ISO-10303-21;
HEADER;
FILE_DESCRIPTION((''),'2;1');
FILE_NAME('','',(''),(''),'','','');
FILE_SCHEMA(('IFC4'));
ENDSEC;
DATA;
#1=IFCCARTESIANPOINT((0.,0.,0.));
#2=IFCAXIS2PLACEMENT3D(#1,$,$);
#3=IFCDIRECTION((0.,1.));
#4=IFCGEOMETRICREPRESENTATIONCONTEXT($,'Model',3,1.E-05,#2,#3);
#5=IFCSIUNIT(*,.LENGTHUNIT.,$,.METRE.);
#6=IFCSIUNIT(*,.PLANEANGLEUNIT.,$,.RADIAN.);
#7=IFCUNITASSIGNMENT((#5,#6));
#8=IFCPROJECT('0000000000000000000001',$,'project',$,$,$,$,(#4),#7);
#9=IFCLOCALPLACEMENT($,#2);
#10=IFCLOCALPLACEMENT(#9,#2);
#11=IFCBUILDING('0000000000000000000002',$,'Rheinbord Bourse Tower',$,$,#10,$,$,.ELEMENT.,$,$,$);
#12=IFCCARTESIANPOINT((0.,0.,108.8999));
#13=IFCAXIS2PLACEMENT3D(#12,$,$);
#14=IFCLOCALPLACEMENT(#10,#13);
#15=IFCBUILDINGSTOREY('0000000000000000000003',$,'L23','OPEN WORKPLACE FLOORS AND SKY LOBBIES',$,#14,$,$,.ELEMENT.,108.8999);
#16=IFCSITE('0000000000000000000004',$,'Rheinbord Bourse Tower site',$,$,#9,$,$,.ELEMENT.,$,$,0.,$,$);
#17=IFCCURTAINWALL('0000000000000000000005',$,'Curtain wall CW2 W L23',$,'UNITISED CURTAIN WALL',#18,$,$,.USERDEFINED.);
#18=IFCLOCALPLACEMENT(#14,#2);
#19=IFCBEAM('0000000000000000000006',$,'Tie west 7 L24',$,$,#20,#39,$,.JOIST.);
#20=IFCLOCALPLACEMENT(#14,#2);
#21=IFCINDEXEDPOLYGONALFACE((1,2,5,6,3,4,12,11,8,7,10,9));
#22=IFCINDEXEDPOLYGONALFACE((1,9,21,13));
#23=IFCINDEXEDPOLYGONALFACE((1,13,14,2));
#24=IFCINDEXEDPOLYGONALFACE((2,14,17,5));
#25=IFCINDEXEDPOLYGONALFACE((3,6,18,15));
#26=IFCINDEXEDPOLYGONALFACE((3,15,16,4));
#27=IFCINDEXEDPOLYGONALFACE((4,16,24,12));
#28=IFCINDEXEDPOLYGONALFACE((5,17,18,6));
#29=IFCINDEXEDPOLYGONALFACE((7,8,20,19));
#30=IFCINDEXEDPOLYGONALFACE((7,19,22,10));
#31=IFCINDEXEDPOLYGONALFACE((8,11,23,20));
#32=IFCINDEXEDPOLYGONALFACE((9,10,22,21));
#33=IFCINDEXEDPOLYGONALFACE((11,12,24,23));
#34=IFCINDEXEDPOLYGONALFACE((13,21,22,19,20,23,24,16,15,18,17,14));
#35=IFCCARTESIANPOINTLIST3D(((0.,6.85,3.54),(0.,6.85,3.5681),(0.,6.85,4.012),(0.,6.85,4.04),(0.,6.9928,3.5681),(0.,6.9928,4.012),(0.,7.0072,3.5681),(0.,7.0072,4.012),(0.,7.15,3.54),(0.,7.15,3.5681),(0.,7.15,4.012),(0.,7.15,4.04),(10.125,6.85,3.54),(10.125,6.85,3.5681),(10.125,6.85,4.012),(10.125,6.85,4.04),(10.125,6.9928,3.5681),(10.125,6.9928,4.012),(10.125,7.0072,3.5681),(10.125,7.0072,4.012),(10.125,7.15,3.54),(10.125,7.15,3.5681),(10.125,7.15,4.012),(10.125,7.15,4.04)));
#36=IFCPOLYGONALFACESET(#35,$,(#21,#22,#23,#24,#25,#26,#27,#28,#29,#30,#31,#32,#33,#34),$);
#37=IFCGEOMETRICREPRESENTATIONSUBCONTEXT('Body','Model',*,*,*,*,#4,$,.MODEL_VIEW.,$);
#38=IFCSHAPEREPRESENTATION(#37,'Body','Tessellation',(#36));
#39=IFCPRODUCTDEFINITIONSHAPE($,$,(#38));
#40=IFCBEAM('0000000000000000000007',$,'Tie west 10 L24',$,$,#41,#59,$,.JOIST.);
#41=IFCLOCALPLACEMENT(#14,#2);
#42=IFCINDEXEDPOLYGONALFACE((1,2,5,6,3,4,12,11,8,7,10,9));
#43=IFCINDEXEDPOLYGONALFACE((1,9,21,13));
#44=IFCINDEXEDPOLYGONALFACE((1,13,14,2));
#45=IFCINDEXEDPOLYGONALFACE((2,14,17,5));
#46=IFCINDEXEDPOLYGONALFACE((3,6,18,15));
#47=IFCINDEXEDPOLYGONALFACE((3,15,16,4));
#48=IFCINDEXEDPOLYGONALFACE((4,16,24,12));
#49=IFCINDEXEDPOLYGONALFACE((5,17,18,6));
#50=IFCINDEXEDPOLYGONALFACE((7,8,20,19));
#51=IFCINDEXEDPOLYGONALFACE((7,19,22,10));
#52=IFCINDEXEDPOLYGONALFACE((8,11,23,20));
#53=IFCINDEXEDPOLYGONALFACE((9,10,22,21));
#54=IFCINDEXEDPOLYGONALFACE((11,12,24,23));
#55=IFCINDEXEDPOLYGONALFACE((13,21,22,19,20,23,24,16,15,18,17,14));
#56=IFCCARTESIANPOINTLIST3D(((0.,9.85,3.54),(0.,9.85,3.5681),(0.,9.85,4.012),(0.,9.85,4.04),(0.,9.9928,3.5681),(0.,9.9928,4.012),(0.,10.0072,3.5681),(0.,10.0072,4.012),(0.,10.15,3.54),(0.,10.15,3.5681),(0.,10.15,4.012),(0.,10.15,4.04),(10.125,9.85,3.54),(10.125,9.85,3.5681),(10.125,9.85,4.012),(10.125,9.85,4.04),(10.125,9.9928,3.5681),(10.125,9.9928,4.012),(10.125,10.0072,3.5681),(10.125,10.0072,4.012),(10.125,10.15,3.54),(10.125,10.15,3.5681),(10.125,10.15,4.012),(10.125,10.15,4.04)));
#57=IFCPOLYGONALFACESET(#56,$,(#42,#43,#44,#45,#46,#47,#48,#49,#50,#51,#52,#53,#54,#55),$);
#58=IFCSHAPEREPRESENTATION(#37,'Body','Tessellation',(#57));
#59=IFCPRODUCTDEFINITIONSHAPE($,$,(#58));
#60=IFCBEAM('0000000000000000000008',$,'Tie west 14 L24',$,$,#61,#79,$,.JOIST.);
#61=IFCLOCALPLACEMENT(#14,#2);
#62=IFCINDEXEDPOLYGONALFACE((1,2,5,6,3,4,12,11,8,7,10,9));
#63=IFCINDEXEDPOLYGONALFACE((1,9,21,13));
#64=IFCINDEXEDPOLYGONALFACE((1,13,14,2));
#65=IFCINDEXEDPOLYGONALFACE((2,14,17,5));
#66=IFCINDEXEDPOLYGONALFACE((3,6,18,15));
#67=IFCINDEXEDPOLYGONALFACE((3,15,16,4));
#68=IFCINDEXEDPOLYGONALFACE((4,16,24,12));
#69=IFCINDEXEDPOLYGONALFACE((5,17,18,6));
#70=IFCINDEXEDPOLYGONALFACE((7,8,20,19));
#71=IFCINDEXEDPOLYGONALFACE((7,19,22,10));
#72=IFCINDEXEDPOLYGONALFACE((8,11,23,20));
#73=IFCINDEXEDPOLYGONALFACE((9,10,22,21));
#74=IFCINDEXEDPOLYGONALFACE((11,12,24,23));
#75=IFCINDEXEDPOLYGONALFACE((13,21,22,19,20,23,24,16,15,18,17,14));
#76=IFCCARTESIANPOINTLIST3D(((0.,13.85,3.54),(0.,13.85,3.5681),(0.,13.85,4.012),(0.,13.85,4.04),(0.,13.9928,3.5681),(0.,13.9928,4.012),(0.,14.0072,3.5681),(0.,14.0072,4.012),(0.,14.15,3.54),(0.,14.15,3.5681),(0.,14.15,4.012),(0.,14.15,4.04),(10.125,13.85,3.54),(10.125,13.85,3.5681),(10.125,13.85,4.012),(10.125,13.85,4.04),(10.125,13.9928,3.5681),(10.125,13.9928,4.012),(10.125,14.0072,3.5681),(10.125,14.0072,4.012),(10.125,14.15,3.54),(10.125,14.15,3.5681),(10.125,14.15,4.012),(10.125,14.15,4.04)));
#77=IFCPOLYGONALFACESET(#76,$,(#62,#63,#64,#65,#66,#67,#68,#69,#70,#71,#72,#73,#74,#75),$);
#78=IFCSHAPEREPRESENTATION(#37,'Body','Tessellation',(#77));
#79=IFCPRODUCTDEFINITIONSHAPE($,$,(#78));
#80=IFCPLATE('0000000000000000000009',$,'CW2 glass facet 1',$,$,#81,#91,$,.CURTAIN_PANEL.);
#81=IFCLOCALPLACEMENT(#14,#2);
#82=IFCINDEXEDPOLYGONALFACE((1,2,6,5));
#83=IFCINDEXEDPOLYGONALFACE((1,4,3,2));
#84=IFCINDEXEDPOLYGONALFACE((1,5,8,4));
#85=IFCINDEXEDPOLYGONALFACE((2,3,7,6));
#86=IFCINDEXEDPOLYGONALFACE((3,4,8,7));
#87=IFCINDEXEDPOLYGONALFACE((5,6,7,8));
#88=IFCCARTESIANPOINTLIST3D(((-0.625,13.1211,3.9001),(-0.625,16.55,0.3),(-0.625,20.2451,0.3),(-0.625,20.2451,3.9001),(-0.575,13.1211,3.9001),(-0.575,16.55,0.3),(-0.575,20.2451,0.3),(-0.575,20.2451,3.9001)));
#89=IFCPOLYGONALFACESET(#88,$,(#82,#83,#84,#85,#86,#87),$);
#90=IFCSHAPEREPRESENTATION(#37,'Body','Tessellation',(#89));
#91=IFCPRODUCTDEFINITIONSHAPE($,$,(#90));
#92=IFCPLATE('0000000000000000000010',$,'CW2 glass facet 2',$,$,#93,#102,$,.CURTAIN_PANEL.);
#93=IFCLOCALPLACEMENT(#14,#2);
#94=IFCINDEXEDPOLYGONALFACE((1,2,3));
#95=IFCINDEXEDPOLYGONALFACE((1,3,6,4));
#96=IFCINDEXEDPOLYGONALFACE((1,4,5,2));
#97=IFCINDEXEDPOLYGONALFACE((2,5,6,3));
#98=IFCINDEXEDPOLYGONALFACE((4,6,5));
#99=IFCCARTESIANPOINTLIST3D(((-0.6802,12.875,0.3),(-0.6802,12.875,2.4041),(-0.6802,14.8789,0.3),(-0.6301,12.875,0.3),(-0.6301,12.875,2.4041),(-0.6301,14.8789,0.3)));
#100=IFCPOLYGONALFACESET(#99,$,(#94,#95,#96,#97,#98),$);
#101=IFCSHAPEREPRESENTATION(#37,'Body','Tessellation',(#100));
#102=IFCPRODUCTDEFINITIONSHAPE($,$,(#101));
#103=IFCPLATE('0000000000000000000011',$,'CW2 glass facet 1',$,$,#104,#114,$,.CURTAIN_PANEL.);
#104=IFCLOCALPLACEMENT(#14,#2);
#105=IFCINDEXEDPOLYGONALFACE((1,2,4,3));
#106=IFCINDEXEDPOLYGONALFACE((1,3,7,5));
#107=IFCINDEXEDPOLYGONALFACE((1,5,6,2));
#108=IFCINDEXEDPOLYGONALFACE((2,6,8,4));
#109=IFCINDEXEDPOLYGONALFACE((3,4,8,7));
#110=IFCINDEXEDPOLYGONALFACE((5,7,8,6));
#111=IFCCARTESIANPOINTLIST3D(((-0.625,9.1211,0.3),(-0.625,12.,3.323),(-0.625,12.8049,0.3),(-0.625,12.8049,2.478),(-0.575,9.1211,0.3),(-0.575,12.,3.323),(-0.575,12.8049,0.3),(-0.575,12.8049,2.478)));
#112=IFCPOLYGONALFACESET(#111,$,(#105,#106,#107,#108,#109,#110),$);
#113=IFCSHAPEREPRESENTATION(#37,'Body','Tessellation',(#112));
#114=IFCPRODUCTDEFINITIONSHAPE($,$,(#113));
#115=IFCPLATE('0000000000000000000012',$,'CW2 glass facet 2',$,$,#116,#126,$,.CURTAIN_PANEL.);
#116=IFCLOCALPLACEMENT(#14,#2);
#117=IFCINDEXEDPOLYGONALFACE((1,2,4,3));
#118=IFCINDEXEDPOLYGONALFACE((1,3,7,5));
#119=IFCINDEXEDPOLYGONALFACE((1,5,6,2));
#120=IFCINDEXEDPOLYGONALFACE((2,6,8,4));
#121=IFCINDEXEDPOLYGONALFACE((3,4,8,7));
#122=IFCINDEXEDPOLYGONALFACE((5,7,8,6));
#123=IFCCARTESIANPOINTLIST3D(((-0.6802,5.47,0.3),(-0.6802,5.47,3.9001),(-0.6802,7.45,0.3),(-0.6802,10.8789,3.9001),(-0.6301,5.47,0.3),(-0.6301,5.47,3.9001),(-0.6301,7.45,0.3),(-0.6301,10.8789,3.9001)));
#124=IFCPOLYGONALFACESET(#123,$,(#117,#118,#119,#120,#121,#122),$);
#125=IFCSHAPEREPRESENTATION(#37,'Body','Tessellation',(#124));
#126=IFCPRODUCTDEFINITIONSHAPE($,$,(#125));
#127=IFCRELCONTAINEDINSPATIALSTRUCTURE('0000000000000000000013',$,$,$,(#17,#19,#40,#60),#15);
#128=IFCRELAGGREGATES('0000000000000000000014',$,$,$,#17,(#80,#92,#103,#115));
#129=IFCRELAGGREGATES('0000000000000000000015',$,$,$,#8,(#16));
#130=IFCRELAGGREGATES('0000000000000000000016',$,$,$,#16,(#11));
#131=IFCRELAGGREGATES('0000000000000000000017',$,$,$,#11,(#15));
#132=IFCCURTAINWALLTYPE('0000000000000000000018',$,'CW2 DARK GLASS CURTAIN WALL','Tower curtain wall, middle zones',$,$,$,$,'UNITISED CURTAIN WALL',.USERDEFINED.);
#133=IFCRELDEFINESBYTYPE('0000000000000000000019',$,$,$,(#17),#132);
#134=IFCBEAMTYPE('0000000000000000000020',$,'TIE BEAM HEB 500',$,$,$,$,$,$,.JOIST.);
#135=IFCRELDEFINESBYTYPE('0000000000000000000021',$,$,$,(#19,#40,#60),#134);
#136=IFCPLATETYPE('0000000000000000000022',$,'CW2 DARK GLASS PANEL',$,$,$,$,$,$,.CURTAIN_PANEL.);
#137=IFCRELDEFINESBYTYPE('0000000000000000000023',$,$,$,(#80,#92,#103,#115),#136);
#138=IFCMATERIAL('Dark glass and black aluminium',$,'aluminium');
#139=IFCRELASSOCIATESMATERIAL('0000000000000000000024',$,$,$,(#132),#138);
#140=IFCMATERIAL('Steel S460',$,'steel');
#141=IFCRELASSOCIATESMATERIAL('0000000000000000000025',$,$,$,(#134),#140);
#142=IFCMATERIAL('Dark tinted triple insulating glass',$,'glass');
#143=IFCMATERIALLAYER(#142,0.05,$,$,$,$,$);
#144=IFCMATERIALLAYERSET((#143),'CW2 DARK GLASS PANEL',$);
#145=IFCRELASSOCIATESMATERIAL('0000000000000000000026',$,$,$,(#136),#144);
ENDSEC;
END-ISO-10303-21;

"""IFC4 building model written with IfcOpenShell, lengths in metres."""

from ifc_helpers import new_model, si_unit, direction, frame, origin, origin_2d, place, context, subcontext, project, spatial, polyline, i_section, outline, extrude, material, layer, layer_set, material_profile, profile_set, type_object, element, aggregate, save


model = new_model("IFC4")

# Units and contexts
model_context = context("Model", 3, precision=1e-05, world=origin(), true_north=direction((0.0, 1.0)))
body_context = subcontext(model_context, "Body", "Model", "MODEL_VIEW")
ifc_project = project(units=[si_unit("LENGTHUNIT", "METRE"), si_unit("PLANEANGLEUNIT", "RADIAN")], contexts=[model_context])

# Site, building, storey
site_placement = place(None, origin())
site = spatial("IfcSite", under=ifc_project, at=site_placement, Name="Rheinbord Bourse Tower site", CompositionType="ELEMENT", RefElevation=0.0)
building_placement = place(site_placement, origin())
building = spatial("IfcBuilding", under=site, at=building_placement, Name="Rheinbord Bourse Tower", CompositionType="ELEMENT")
storey_placement = place(building_placement, frame((0.0, 0.0, 108.8999)))
storey = spatial("IfcBuildingStorey", under=building, at=storey_placement, Name="L23", Description="OPEN WORKPLACE FLOORS AND SKY LOBBIES", CompositionType="ELEMENT", Elevation=108.8999)

# Curtain wall
ifc_material_1 = material(Name="Dark glass and black aluminium", Category="aluminium")
curtain_wall_type = type_object("IfcCurtainWallType", Name="CW2 DARK GLASS CURTAIN WALL", Description="Tower curtain wall, middle zones", ElementType="UNITISED CURTAIN WALL", PredefinedType="USERDEFINED", material=ifc_material_1)
curtain_wall_placement = place(storey_placement, origin())
curtain_wall = element("IfcCurtainWall", 1, at=curtain_wall_placement, inside=storey, type_object=curtain_wall_type, Name="Curtain wall CW2 W L23", ObjectType="UNITISED CURTAIN WALL", PredefinedType="USERDEFINED")

# Beams
ifc_material_2 = material(Name="Steel S460", Category="steel")
ifc_material_profile_1 = material_profile(ifc_material_2, i_section(OverallWidth=0.3, OverallDepth=0.5, WebThickness=0.0144, FlangeThickness=0.0281, at=origin_2d()), Name="HEB 500")
ifc_profile_set_1 = profile_set([ifc_material_profile_1], Name="Steel S460")
beam_type_1 = type_object("IfcBeamType", Name="TIE BEAM HEB 500", PredefinedType="JOIST", material=ifc_profile_set_1)
for number, where, z_axis, x_axis, name in (
    (2, (0.0, 7.0, 3.79), (1.0, 0.0, 0.0), (0.0, 1.0, 0.0), "Tie west 7 L24"),
    (3, (0.0, 10.0, 3.79), (1.0, 0.0, 0.0), (0.0, 1.0, 0.0), "Tie west 10 L24"),
    (4, (0.0, 14.0, 3.79), (1.0, 0.0, 0.0), (0.0, 1.0, 0.0), "Tie west 14 L24"),
):
    element("IfcBeam", number, at=place(storey_placement, frame(where, z_axis=z_axis, x_axis=x_axis)), inside=storey, type_object=beam_type_1, Name=name, PredefinedType="JOIST", context=body_context, shape_type="SweptSolid", body=[
        extrude(i_section(OverallWidth=0.3, OverallDepth=0.5, WebThickness=0.0144, FlangeThickness=0.0281, at=origin_2d()), origin(), (0.0, 0.0, 1.0), 10.125),
    ])

# Plates
ifc_material_3 = material(Name="Dark tinted triple insulating glass", Category="glass")
ifc_layer = layer(ifc_material_3, 0.05)
ifc_layer_set = layer_set([ifc_layer], Name="CW2 DARK GLASS PANEL")
plate_type = type_object("IfcPlateType", Name="CW2 DARK GLASS PANEL", PredefinedType="CURTAIN_PANEL", material=ifc_layer_set)
plate_1_placement = place(storey_placement, frame((-0.625, 20.2451, 0.3), z_axis=(1.0, 0.0, 0.0), x_axis=(0.0, 0.0, 1.0)))
plate_1 = element("IfcPlate", 5, at=plate_1_placement, type_object=plate_type, Name="CW2 glass facet 1", PredefinedType="CURTAIN_PANEL", context=body_context, shape_type="SweptSolid", body=[
    extrude(outline(polyline([(0.0, 0.0), (3.6001, 0.0), (3.6001, 7.124), (0.0, 3.6951), (0.0, 0.0)])), origin(), (0.0, 0.0, 1.0), 0.05),
])
plate_2_placement = place(storey_placement, frame((-0.6802, 12.875, 0.3), z_axis=(1.0, 0.0, 0.0), x_axis=(0.0, 1.0, 0.0)))
plate_2 = element("IfcPlate", 6, at=plate_2_placement, type_object=plate_type, Name="CW2 glass facet 2", PredefinedType="CURTAIN_PANEL", context=body_context, shape_type="SweptSolid", body=[
    extrude(outline(polyline([(0.0, 0.0), (2.0039, 0.0), (0.0, 2.104), (0.0, 0.0)])), origin(), (0.0, 0.0, 1.0), 0.05),
])
plate_3_placement = place(storey_placement, frame((-0.625, 12.8049, 0.3), z_axis=(1.0, 0.0, 0.0), x_axis=(0.0, 0.0, 1.0)))
plate_3 = element("IfcPlate", 7, at=plate_3_placement, type_object=plate_type, Name="CW2 glass facet 1", PredefinedType="CURTAIN_PANEL", context=body_context, shape_type="SweptSolid", body=[
    extrude(outline(polyline([(0.0, 0.0), (2.178, 0.0), (3.0229, 0.8049), (0.0, 3.6838), (0.0, 0.0)])), origin(), (0.0, 0.0, 1.0), 0.05),
])
plate_4_placement = place(storey_placement, frame((-0.6802, 5.47, 3.9001), z_axis=(1.0, 0.0, 0.0), x_axis=(0.0, 0.0, -1.0)))
plate_4 = element("IfcPlate", 8, at=plate_4_placement, type_object=plate_type, Name="CW2 glass facet 2", PredefinedType="CURTAIN_PANEL", context=body_context, shape_type="SweptSolid", body=[
    extrude(outline(polyline([(0.0, 0.0), (3.6001, 0.0), (3.6001, 1.98), (0.0, 5.4089), (0.0, 0.0)])), origin(), (0.0, 0.0, 1.0), 0.05),
])
aggregate(curtain_wall, [plate_1, plate_2, plate_3, plate_4])

save(model, "model.ifc")
